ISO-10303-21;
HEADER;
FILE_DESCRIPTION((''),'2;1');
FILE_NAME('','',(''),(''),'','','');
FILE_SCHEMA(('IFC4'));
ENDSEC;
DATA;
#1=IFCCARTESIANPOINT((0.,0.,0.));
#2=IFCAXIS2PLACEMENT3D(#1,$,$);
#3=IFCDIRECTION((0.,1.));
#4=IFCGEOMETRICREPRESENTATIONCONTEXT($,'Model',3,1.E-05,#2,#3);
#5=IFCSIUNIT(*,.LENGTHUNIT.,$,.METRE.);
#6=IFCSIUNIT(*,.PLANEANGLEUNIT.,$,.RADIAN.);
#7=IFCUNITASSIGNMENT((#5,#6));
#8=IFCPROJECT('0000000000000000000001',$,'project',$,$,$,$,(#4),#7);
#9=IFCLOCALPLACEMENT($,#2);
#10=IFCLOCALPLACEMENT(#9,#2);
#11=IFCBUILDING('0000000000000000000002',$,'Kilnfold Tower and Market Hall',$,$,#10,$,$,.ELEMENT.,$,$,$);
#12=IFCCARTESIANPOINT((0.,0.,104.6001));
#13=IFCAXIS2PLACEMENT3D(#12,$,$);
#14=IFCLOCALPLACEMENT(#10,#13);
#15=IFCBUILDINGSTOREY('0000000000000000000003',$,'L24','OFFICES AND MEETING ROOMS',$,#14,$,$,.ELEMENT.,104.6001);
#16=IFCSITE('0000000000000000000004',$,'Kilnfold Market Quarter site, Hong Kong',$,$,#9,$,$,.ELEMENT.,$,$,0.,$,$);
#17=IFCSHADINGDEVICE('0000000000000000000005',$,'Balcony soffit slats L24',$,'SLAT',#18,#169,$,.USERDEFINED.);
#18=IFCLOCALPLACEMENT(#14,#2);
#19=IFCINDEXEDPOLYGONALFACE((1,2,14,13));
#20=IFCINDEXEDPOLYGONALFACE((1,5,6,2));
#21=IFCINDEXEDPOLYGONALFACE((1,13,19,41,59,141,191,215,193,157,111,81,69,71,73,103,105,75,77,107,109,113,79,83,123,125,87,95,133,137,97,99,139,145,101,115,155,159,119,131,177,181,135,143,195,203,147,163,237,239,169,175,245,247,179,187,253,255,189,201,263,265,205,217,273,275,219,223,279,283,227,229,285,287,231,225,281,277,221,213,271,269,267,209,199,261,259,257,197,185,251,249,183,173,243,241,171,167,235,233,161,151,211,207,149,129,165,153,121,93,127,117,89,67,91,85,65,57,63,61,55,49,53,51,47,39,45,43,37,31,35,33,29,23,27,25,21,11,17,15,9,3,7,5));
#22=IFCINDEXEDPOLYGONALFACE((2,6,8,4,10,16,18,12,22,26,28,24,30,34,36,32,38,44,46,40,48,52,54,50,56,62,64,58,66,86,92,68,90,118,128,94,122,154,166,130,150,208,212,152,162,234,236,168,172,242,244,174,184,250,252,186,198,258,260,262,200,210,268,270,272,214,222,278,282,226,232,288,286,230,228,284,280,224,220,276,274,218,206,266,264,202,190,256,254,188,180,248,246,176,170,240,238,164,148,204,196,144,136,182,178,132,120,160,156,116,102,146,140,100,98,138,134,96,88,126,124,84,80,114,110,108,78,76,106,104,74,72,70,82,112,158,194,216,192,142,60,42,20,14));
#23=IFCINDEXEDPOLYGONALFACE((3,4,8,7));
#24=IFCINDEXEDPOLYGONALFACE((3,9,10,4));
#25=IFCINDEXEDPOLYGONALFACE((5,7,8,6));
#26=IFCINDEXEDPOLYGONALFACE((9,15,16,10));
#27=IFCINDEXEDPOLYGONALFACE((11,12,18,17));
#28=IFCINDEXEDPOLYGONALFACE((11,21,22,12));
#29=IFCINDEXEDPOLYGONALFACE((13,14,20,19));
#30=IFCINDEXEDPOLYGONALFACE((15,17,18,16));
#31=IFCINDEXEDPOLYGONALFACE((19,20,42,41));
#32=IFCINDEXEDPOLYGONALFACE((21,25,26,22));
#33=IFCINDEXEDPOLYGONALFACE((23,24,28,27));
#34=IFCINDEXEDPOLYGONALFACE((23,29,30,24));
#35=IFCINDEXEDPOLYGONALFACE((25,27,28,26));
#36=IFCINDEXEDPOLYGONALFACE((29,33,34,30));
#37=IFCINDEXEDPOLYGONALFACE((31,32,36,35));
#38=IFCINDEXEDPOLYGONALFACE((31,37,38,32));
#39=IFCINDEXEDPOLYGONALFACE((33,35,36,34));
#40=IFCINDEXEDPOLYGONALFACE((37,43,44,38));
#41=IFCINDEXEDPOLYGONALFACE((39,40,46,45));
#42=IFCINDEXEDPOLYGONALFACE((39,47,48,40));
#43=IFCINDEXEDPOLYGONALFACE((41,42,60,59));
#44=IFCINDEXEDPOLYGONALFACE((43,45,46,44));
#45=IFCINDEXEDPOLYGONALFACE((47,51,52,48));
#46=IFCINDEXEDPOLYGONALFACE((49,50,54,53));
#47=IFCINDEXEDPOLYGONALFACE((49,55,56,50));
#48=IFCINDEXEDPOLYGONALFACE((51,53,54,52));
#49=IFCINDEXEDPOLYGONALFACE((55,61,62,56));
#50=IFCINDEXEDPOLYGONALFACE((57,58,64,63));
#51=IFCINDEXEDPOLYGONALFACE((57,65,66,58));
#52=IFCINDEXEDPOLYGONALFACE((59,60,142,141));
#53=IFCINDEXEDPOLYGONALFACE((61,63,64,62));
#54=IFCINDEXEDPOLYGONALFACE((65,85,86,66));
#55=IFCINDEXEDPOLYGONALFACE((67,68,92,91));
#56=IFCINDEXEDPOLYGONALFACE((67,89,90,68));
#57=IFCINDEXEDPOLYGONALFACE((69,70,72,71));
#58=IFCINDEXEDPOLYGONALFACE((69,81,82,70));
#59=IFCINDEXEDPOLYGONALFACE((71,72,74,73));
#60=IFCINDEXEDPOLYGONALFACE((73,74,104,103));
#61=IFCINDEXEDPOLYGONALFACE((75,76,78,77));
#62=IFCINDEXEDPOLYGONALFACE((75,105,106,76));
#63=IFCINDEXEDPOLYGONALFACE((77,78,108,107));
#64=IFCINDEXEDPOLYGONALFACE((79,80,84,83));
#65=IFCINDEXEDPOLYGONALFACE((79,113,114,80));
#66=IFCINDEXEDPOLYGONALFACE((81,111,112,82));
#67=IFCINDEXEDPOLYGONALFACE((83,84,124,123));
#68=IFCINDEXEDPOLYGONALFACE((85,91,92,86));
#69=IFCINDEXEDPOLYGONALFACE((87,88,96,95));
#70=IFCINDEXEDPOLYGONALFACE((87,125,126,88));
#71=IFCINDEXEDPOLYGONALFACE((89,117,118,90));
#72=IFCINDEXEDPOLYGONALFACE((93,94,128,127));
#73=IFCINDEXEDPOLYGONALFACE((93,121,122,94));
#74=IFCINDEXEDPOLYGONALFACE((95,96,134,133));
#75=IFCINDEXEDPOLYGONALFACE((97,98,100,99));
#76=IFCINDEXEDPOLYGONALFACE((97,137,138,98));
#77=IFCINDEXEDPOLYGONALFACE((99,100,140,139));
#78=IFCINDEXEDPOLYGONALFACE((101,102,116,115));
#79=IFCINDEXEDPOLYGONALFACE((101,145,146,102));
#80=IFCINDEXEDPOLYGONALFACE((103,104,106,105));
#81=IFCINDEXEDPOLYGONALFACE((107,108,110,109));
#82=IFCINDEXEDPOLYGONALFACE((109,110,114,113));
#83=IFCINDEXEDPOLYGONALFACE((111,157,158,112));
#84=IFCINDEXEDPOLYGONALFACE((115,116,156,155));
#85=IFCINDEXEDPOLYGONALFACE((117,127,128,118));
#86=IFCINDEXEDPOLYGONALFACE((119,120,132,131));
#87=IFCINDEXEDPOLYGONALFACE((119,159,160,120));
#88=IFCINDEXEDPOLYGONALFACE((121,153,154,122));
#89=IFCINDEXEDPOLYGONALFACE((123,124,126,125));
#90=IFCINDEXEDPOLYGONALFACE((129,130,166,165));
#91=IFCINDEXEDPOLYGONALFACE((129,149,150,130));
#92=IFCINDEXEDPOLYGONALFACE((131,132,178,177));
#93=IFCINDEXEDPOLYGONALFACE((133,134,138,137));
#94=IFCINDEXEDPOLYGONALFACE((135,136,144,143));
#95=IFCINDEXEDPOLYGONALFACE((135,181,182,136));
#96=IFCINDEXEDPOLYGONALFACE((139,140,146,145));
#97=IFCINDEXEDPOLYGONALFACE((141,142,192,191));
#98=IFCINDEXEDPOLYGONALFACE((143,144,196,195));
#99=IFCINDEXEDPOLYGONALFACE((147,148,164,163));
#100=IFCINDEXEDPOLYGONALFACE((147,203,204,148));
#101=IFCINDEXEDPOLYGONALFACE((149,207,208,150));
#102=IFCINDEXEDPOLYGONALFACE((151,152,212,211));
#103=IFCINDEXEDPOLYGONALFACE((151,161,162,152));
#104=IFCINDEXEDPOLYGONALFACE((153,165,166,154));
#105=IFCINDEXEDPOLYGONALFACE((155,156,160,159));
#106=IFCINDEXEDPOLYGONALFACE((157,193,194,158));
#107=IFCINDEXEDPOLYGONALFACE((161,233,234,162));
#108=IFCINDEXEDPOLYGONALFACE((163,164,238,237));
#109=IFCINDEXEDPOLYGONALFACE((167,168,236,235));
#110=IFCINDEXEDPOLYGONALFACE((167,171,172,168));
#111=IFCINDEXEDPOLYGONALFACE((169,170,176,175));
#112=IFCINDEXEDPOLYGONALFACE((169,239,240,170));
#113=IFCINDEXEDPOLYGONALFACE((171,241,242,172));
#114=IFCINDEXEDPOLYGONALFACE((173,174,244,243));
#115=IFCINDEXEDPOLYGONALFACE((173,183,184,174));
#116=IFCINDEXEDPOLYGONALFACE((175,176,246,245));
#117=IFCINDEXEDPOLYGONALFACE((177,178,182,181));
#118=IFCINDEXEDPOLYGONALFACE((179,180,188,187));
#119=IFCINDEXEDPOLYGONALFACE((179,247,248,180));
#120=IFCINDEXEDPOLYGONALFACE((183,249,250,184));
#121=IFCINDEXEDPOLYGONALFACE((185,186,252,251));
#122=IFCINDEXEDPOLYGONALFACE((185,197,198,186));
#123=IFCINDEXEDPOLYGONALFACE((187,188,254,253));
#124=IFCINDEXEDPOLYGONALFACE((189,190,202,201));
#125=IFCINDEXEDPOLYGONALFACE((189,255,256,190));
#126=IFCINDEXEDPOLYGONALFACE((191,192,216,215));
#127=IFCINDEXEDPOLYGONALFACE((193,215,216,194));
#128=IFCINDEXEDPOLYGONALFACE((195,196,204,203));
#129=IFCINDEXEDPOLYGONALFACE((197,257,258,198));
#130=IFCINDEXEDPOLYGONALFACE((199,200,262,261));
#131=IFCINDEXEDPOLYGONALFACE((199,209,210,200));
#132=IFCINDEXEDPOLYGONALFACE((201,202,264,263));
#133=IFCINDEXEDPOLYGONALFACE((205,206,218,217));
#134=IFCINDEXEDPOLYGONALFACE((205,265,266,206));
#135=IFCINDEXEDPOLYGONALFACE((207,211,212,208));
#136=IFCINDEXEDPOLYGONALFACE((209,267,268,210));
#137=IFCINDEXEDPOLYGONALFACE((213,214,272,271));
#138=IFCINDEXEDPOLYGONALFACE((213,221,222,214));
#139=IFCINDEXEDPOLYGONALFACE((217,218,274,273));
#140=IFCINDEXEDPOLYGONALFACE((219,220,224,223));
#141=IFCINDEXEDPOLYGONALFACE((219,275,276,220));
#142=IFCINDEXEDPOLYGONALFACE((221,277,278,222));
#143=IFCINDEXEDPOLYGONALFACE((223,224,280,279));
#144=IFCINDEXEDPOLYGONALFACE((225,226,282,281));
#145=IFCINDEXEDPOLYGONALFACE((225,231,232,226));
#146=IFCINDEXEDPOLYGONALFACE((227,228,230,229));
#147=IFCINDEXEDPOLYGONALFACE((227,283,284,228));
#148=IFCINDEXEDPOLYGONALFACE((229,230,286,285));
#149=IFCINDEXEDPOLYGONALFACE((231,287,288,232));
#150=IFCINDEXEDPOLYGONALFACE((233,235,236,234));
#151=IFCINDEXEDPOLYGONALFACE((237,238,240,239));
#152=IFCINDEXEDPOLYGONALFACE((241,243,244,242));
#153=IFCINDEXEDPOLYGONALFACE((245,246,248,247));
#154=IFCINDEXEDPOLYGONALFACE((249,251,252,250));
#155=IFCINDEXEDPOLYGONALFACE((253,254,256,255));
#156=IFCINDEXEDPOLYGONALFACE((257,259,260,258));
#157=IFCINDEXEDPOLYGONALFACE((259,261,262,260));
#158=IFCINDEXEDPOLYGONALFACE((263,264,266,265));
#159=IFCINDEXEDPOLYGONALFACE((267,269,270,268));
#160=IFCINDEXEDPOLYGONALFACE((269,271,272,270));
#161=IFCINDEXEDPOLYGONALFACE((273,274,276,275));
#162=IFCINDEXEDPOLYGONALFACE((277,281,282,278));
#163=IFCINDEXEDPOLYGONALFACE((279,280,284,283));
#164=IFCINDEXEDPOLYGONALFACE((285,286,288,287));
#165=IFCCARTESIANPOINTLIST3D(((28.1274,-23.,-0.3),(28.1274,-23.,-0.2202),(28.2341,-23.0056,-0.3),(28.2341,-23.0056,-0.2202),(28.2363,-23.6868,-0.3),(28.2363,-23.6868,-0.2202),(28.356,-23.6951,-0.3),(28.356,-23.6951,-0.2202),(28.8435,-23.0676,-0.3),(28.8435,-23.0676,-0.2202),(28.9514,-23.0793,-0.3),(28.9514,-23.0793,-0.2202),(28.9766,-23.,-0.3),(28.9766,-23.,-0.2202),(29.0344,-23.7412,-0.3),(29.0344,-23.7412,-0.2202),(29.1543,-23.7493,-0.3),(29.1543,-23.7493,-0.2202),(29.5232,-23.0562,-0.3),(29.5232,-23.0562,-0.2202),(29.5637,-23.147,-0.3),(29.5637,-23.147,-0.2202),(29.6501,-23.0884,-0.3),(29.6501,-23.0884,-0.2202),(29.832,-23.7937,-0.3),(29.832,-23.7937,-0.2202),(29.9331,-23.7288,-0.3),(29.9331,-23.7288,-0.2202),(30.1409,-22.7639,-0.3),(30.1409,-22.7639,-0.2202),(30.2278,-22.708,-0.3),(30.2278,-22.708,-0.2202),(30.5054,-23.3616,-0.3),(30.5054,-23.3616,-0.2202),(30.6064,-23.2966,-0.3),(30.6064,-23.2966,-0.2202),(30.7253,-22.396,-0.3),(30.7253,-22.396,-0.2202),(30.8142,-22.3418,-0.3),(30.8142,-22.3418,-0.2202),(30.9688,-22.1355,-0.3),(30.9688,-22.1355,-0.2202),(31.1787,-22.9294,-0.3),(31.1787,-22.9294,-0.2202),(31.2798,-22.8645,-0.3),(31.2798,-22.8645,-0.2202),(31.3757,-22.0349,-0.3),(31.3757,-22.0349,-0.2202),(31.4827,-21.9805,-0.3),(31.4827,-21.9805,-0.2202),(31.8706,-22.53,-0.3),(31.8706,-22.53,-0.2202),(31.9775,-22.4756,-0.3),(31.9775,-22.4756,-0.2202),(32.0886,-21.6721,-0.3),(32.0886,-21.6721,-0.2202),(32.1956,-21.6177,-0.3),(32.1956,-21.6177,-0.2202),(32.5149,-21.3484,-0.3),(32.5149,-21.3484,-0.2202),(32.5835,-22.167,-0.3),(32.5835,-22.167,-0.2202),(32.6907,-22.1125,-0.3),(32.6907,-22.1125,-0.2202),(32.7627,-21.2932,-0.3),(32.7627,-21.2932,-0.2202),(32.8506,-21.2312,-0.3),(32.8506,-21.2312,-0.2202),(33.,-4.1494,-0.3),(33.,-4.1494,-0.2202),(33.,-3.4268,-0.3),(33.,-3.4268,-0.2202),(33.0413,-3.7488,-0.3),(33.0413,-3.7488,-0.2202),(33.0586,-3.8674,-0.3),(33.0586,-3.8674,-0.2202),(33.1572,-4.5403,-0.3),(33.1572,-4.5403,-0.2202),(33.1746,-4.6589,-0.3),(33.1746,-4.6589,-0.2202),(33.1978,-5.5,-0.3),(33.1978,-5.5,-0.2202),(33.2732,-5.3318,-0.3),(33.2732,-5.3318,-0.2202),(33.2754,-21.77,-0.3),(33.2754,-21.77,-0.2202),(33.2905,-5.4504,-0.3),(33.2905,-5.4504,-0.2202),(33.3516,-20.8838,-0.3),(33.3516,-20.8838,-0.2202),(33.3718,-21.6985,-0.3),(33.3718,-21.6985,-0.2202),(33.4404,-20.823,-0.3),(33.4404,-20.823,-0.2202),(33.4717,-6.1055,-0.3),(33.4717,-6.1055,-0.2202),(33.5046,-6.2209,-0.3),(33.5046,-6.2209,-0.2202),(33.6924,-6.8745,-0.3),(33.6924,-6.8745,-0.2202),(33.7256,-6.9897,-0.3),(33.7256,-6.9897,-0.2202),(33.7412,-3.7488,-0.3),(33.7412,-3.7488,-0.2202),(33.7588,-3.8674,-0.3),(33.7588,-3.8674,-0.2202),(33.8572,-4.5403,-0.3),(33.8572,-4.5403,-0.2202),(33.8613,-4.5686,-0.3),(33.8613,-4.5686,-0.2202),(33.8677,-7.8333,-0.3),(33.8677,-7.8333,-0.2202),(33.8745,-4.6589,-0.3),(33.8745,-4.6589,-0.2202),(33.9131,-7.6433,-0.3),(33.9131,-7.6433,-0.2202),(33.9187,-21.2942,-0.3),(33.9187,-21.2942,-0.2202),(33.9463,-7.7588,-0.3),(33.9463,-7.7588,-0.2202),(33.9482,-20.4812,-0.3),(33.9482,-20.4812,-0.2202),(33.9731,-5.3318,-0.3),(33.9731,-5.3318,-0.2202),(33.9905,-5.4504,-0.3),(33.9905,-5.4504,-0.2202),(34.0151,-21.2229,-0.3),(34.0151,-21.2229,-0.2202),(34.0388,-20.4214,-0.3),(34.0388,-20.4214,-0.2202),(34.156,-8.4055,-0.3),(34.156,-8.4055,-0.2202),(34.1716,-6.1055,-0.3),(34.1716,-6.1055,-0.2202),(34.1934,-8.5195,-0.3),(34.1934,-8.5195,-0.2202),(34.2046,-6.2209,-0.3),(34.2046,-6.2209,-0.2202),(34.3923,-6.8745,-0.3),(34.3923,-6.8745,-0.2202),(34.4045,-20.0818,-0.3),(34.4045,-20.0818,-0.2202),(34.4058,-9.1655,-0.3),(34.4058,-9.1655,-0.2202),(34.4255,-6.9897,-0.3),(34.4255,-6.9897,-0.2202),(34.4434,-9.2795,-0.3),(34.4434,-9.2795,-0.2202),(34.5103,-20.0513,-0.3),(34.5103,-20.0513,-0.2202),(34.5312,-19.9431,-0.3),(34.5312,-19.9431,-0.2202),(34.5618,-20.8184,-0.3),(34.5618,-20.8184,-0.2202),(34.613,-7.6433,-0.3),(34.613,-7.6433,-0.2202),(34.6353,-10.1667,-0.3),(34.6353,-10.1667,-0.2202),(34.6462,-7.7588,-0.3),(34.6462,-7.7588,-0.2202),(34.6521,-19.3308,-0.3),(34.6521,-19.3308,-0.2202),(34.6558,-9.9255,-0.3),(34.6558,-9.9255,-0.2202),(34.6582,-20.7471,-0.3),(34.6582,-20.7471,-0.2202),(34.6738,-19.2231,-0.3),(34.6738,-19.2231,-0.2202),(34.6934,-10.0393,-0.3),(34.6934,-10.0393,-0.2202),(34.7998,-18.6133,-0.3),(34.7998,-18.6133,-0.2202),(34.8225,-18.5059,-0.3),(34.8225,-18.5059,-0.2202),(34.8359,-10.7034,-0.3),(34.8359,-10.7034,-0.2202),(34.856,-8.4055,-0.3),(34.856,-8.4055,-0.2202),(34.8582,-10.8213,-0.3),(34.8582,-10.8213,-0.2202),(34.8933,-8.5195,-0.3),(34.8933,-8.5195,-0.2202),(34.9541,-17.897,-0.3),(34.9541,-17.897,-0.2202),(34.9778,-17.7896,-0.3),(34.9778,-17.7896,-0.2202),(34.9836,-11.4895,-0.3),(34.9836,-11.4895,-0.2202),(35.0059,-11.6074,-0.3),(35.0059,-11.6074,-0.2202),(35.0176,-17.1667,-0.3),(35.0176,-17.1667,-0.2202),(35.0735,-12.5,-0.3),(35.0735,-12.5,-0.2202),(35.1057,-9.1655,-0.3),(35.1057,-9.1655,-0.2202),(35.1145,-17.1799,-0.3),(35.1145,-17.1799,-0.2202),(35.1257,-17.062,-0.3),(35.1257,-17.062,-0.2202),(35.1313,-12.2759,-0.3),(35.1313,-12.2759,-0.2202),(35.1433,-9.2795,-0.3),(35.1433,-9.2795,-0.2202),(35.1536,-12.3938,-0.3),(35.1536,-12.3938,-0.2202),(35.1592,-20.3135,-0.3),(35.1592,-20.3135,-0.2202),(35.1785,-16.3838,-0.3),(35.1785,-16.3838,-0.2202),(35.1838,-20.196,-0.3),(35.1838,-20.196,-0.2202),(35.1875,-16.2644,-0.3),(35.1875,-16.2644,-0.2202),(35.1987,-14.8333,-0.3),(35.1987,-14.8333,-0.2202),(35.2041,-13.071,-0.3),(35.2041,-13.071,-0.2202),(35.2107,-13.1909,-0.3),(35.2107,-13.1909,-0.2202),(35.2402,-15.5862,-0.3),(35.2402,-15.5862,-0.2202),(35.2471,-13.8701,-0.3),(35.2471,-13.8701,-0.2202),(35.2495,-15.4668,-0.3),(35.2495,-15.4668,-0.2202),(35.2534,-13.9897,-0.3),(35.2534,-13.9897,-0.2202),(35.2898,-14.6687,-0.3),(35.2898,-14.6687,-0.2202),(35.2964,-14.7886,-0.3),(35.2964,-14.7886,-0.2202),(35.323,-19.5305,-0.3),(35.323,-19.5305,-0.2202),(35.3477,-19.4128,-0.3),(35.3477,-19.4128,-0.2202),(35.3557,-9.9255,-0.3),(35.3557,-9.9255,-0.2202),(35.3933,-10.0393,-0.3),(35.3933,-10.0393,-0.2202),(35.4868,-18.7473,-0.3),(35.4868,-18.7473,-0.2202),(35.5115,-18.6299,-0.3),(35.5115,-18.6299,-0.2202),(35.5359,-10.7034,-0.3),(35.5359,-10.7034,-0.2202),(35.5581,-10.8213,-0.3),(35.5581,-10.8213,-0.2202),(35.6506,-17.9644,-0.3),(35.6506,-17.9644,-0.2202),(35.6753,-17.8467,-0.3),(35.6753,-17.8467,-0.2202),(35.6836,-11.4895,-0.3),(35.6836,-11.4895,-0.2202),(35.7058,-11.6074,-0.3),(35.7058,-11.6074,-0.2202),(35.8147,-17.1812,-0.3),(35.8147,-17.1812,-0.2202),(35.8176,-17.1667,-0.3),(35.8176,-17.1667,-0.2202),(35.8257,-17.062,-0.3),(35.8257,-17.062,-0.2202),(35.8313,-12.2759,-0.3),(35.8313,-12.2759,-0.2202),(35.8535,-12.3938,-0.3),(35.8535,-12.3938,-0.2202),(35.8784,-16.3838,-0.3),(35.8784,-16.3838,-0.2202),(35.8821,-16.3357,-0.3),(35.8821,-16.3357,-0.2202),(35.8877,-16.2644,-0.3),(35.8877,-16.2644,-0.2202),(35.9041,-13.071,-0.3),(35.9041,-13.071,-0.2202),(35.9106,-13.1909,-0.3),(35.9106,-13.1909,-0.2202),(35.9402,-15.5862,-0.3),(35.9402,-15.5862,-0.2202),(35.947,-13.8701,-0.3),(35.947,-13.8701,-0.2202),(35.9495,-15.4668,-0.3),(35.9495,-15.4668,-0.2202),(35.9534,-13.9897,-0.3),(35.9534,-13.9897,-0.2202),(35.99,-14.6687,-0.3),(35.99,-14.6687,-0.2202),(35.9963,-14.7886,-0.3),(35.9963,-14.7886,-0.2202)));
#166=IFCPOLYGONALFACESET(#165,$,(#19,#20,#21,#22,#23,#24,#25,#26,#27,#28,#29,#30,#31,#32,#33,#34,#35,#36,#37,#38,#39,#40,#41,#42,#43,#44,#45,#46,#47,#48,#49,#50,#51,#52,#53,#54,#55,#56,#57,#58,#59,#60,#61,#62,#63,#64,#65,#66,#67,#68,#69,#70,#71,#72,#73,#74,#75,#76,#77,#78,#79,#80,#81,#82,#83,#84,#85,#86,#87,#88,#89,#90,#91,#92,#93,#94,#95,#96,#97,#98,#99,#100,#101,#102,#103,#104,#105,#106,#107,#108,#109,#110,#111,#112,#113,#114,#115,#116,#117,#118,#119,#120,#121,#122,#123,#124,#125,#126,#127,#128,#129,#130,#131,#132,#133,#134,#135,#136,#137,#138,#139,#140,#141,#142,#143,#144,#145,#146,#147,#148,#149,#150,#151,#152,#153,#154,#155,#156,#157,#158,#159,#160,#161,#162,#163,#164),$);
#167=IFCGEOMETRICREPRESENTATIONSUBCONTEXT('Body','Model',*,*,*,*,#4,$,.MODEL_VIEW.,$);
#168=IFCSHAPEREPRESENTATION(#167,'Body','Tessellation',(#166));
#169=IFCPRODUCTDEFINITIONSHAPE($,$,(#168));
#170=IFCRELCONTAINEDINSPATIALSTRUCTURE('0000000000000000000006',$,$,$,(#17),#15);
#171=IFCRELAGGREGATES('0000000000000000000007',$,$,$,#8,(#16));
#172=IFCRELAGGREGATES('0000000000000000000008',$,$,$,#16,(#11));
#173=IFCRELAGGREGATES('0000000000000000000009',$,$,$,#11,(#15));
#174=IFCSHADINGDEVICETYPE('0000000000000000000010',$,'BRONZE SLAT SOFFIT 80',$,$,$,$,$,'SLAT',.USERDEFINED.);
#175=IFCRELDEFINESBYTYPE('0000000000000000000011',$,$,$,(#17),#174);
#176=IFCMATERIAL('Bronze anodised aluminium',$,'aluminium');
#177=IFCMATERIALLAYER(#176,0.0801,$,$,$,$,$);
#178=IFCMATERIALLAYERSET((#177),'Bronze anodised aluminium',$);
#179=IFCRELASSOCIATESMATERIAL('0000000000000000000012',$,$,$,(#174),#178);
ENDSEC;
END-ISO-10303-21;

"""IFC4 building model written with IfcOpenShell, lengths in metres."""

from ifc_helpers import new_model, si_unit, direction, frame, origin, place, context, subcontext, project, spatial, polyline, outline, extrude, source, transform, mapped, material, layer, layer_set, type_object, element, save


model = new_model("IFC4")

# Units and contexts
model_context = context("Model", 3, precision=1e-05, world=origin(), true_north=direction((0.0, 1.0)))
body_context = subcontext(model_context, "Body", "Model", "MODEL_VIEW")
ifc_project = project(units=[si_unit("LENGTHUNIT", "METRE"), si_unit("PLANEANGLEUNIT", "RADIAN")], contexts=[model_context])

# Site, building, storey
site_placement = place(None, origin())
site = spatial("IfcSite", under=ifc_project, at=site_placement, Name="Kilnfold Market Quarter site, Hong Kong", CompositionType="ELEMENT", RefElevation=0.0)
building_placement = place(site_placement, origin())
building = spatial("IfcBuilding", under=site, at=building_placement, Name="Kilnfold Tower and Market Hall", CompositionType="ELEMENT")
storey_placement = place(building_placement, frame((0.0, 0.0, 104.6001)))
storey = spatial("IfcBuildingStorey", under=building, at=storey_placement, Name="L24", Description="OFFICES AND MEETING ROOMS", CompositionType="ELEMENT", Elevation=104.6001)

# Shading device
ifc_material_1 = material(Name="Bronze anodised aluminium", Category="aluminium")
ifc_layer_1 = layer(ifc_material_1, 0.0801)
ifc_layer_set_1 = layer_set([ifc_layer_1], Name="Bronze anodised aluminium")
shading_device_type_1 = type_object("IfcShadingDeviceType", Name="BRONZE SLAT SOFFIT 80", ElementType="SLAT", PredefinedType="USERDEFINED", material=ifc_layer_set_1)
shared_shape_1 = source(origin(), body_context, "Body", "SweptSolid", [
    extrude(outline(polyline([(29.5232, -23.0562), (30.9688, -22.1355), (32.5149, -21.3484), (34.4045, -20.0818), (35.0176, -17.1667), (35.1987, -14.8333), (35.0735, -12.5), (34.6353, -10.1667), (33.8677, -7.8333), (33.1978, -5.5), (33.0, -4.1494), (33.0, -3.4268), (33.0413, -3.7488), (33.7412, -3.7488), (33.7588, -3.8674), (33.0586, -3.8674), (33.1572, -4.5403), (33.8572, -4.5403), (33.8613, -4.5686), (33.8745, -4.6589), (33.1746, -4.6589), (33.2732, -5.3318), (33.9731, -5.3318), (33.9905, -5.4504), (33.2905, -5.4504), (33.4717, -6.1055), (34.1716, -6.1055), (34.2046, -6.2209), (33.5046, -6.2209), (33.6924, -6.8745), (34.3923, -6.8745), (34.4255, -6.9897), (33.7256, -6.9897), (33.9131, -7.6433), (34.613, -7.6433), (34.6462, -7.7588), (33.9463, -7.7588), (34.156, -8.4055), (34.856, -8.4055), (34.8933, -8.5195), (34.1934, -8.5195), (34.4058, -9.1655), (35.1057, -9.1655), (35.1433, -9.2795), (34.4434, -9.2795), (34.6558, -9.9255), (35.3557, -9.9255), (35.3933, -10.0393), (34.6934, -10.0393), (34.8359, -10.7034), (35.5359, -10.7034), (35.5581, -10.8213), (34.8582, -10.8213), (34.9836, -11.4895), (35.6836, -11.4895), (35.7058, -11.6074), (35.0059, -11.6074), (35.1313, -12.2759), (35.8313, -12.2759), (35.8535, -12.3938), (35.1536, -12.3938), (35.2041, -13.071), (35.9041, -13.071), (35.9106, -13.1909), (35.2107, -13.1909), (35.2471, -13.8701), (35.947, -13.8701), (35.9534, -13.9897), (35.2534, -13.9897), (35.2898, -14.6687), (35.99, -14.6687), (35.9963, -14.7886), (35.2964, -14.7886), (35.2495, -15.4668), (35.9495, -15.4668), (35.9402, -15.5862), (35.2402, -15.5862), (35.1875, -16.2644), (35.8877, -16.2644), (35.8821, -16.3357), (35.8784, -16.3838), (35.1785, -16.3838), (35.1257, -17.062), (35.8257, -17.062), (35.8176, -17.1667), (35.8147, -17.1812), (35.1145, -17.1799), (34.9778, -17.7896), (35.6753, -17.8467), (35.6506, -17.9644), (34.9541, -17.897), (34.8225, -18.5059), (35.5115, -18.6299), (35.4868, -18.7473), (34.7998, -18.6133), (34.6738, -19.2231), (35.3477, -19.4128), (35.323, -19.5305), (34.6521, -19.3308), (34.5312, -19.9431), (35.1838, -20.196), (35.1592, -20.3135), (34.5103, -20.0513), (34.0388, -20.4214), (34.6582, -20.7471), (34.5618, -20.8184), (33.9482, -20.4812), (33.4404, -20.823), (34.0151, -21.2229), (33.9187, -21.2942), (33.3516, -20.8838), (32.8506, -21.2312), (33.3718, -21.6985), (33.2754, -21.77), (32.7627, -21.2932), (32.1956, -21.6177), (32.6907, -22.1125), (32.5835, -22.167), (32.0886, -21.6721), (31.4827, -21.9805), (31.9775, -22.4756), (31.8706, -22.53), (31.3757, -22.0349), (30.8142, -22.3418), (31.2798, -22.8645), (31.1787, -22.9294), (30.7253, -22.396), (30.2278, -22.708), (30.6064, -23.2966), (30.5054, -23.3616), (30.1409, -22.7639), (29.6501, -23.0884), (29.9331, -23.7288), (29.832, -23.7937), (29.5637, -23.147), (28.9514, -23.0793), (29.1543, -23.7493), (29.0344, -23.7412), (28.8435, -23.0676), (28.2341, -23.0056), (28.356, -23.6951), (28.2363, -23.6868), (28.1274, -23.0), (28.9766, -23.0), (29.5232, -23.0562)])), origin(), (0.0, 0.0, 1.0), 0.0798),
])
shading_device_1_placement = place(storey_placement, frame((0.0, 0.0, -0.3)))
element("IfcShadingDevice", 1, at=shading_device_1_placement, inside=storey, type_object=shading_device_type_1, Name="Balcony soffit slats L24", ObjectType="SLAT", PredefinedType="USERDEFINED", context=body_context, shape_type="MappedRepresentation", body=[
    mapped(shared_shape_1, transform((0.0, 0.0, 0.0))),
])

save(model, "model.ifc")
